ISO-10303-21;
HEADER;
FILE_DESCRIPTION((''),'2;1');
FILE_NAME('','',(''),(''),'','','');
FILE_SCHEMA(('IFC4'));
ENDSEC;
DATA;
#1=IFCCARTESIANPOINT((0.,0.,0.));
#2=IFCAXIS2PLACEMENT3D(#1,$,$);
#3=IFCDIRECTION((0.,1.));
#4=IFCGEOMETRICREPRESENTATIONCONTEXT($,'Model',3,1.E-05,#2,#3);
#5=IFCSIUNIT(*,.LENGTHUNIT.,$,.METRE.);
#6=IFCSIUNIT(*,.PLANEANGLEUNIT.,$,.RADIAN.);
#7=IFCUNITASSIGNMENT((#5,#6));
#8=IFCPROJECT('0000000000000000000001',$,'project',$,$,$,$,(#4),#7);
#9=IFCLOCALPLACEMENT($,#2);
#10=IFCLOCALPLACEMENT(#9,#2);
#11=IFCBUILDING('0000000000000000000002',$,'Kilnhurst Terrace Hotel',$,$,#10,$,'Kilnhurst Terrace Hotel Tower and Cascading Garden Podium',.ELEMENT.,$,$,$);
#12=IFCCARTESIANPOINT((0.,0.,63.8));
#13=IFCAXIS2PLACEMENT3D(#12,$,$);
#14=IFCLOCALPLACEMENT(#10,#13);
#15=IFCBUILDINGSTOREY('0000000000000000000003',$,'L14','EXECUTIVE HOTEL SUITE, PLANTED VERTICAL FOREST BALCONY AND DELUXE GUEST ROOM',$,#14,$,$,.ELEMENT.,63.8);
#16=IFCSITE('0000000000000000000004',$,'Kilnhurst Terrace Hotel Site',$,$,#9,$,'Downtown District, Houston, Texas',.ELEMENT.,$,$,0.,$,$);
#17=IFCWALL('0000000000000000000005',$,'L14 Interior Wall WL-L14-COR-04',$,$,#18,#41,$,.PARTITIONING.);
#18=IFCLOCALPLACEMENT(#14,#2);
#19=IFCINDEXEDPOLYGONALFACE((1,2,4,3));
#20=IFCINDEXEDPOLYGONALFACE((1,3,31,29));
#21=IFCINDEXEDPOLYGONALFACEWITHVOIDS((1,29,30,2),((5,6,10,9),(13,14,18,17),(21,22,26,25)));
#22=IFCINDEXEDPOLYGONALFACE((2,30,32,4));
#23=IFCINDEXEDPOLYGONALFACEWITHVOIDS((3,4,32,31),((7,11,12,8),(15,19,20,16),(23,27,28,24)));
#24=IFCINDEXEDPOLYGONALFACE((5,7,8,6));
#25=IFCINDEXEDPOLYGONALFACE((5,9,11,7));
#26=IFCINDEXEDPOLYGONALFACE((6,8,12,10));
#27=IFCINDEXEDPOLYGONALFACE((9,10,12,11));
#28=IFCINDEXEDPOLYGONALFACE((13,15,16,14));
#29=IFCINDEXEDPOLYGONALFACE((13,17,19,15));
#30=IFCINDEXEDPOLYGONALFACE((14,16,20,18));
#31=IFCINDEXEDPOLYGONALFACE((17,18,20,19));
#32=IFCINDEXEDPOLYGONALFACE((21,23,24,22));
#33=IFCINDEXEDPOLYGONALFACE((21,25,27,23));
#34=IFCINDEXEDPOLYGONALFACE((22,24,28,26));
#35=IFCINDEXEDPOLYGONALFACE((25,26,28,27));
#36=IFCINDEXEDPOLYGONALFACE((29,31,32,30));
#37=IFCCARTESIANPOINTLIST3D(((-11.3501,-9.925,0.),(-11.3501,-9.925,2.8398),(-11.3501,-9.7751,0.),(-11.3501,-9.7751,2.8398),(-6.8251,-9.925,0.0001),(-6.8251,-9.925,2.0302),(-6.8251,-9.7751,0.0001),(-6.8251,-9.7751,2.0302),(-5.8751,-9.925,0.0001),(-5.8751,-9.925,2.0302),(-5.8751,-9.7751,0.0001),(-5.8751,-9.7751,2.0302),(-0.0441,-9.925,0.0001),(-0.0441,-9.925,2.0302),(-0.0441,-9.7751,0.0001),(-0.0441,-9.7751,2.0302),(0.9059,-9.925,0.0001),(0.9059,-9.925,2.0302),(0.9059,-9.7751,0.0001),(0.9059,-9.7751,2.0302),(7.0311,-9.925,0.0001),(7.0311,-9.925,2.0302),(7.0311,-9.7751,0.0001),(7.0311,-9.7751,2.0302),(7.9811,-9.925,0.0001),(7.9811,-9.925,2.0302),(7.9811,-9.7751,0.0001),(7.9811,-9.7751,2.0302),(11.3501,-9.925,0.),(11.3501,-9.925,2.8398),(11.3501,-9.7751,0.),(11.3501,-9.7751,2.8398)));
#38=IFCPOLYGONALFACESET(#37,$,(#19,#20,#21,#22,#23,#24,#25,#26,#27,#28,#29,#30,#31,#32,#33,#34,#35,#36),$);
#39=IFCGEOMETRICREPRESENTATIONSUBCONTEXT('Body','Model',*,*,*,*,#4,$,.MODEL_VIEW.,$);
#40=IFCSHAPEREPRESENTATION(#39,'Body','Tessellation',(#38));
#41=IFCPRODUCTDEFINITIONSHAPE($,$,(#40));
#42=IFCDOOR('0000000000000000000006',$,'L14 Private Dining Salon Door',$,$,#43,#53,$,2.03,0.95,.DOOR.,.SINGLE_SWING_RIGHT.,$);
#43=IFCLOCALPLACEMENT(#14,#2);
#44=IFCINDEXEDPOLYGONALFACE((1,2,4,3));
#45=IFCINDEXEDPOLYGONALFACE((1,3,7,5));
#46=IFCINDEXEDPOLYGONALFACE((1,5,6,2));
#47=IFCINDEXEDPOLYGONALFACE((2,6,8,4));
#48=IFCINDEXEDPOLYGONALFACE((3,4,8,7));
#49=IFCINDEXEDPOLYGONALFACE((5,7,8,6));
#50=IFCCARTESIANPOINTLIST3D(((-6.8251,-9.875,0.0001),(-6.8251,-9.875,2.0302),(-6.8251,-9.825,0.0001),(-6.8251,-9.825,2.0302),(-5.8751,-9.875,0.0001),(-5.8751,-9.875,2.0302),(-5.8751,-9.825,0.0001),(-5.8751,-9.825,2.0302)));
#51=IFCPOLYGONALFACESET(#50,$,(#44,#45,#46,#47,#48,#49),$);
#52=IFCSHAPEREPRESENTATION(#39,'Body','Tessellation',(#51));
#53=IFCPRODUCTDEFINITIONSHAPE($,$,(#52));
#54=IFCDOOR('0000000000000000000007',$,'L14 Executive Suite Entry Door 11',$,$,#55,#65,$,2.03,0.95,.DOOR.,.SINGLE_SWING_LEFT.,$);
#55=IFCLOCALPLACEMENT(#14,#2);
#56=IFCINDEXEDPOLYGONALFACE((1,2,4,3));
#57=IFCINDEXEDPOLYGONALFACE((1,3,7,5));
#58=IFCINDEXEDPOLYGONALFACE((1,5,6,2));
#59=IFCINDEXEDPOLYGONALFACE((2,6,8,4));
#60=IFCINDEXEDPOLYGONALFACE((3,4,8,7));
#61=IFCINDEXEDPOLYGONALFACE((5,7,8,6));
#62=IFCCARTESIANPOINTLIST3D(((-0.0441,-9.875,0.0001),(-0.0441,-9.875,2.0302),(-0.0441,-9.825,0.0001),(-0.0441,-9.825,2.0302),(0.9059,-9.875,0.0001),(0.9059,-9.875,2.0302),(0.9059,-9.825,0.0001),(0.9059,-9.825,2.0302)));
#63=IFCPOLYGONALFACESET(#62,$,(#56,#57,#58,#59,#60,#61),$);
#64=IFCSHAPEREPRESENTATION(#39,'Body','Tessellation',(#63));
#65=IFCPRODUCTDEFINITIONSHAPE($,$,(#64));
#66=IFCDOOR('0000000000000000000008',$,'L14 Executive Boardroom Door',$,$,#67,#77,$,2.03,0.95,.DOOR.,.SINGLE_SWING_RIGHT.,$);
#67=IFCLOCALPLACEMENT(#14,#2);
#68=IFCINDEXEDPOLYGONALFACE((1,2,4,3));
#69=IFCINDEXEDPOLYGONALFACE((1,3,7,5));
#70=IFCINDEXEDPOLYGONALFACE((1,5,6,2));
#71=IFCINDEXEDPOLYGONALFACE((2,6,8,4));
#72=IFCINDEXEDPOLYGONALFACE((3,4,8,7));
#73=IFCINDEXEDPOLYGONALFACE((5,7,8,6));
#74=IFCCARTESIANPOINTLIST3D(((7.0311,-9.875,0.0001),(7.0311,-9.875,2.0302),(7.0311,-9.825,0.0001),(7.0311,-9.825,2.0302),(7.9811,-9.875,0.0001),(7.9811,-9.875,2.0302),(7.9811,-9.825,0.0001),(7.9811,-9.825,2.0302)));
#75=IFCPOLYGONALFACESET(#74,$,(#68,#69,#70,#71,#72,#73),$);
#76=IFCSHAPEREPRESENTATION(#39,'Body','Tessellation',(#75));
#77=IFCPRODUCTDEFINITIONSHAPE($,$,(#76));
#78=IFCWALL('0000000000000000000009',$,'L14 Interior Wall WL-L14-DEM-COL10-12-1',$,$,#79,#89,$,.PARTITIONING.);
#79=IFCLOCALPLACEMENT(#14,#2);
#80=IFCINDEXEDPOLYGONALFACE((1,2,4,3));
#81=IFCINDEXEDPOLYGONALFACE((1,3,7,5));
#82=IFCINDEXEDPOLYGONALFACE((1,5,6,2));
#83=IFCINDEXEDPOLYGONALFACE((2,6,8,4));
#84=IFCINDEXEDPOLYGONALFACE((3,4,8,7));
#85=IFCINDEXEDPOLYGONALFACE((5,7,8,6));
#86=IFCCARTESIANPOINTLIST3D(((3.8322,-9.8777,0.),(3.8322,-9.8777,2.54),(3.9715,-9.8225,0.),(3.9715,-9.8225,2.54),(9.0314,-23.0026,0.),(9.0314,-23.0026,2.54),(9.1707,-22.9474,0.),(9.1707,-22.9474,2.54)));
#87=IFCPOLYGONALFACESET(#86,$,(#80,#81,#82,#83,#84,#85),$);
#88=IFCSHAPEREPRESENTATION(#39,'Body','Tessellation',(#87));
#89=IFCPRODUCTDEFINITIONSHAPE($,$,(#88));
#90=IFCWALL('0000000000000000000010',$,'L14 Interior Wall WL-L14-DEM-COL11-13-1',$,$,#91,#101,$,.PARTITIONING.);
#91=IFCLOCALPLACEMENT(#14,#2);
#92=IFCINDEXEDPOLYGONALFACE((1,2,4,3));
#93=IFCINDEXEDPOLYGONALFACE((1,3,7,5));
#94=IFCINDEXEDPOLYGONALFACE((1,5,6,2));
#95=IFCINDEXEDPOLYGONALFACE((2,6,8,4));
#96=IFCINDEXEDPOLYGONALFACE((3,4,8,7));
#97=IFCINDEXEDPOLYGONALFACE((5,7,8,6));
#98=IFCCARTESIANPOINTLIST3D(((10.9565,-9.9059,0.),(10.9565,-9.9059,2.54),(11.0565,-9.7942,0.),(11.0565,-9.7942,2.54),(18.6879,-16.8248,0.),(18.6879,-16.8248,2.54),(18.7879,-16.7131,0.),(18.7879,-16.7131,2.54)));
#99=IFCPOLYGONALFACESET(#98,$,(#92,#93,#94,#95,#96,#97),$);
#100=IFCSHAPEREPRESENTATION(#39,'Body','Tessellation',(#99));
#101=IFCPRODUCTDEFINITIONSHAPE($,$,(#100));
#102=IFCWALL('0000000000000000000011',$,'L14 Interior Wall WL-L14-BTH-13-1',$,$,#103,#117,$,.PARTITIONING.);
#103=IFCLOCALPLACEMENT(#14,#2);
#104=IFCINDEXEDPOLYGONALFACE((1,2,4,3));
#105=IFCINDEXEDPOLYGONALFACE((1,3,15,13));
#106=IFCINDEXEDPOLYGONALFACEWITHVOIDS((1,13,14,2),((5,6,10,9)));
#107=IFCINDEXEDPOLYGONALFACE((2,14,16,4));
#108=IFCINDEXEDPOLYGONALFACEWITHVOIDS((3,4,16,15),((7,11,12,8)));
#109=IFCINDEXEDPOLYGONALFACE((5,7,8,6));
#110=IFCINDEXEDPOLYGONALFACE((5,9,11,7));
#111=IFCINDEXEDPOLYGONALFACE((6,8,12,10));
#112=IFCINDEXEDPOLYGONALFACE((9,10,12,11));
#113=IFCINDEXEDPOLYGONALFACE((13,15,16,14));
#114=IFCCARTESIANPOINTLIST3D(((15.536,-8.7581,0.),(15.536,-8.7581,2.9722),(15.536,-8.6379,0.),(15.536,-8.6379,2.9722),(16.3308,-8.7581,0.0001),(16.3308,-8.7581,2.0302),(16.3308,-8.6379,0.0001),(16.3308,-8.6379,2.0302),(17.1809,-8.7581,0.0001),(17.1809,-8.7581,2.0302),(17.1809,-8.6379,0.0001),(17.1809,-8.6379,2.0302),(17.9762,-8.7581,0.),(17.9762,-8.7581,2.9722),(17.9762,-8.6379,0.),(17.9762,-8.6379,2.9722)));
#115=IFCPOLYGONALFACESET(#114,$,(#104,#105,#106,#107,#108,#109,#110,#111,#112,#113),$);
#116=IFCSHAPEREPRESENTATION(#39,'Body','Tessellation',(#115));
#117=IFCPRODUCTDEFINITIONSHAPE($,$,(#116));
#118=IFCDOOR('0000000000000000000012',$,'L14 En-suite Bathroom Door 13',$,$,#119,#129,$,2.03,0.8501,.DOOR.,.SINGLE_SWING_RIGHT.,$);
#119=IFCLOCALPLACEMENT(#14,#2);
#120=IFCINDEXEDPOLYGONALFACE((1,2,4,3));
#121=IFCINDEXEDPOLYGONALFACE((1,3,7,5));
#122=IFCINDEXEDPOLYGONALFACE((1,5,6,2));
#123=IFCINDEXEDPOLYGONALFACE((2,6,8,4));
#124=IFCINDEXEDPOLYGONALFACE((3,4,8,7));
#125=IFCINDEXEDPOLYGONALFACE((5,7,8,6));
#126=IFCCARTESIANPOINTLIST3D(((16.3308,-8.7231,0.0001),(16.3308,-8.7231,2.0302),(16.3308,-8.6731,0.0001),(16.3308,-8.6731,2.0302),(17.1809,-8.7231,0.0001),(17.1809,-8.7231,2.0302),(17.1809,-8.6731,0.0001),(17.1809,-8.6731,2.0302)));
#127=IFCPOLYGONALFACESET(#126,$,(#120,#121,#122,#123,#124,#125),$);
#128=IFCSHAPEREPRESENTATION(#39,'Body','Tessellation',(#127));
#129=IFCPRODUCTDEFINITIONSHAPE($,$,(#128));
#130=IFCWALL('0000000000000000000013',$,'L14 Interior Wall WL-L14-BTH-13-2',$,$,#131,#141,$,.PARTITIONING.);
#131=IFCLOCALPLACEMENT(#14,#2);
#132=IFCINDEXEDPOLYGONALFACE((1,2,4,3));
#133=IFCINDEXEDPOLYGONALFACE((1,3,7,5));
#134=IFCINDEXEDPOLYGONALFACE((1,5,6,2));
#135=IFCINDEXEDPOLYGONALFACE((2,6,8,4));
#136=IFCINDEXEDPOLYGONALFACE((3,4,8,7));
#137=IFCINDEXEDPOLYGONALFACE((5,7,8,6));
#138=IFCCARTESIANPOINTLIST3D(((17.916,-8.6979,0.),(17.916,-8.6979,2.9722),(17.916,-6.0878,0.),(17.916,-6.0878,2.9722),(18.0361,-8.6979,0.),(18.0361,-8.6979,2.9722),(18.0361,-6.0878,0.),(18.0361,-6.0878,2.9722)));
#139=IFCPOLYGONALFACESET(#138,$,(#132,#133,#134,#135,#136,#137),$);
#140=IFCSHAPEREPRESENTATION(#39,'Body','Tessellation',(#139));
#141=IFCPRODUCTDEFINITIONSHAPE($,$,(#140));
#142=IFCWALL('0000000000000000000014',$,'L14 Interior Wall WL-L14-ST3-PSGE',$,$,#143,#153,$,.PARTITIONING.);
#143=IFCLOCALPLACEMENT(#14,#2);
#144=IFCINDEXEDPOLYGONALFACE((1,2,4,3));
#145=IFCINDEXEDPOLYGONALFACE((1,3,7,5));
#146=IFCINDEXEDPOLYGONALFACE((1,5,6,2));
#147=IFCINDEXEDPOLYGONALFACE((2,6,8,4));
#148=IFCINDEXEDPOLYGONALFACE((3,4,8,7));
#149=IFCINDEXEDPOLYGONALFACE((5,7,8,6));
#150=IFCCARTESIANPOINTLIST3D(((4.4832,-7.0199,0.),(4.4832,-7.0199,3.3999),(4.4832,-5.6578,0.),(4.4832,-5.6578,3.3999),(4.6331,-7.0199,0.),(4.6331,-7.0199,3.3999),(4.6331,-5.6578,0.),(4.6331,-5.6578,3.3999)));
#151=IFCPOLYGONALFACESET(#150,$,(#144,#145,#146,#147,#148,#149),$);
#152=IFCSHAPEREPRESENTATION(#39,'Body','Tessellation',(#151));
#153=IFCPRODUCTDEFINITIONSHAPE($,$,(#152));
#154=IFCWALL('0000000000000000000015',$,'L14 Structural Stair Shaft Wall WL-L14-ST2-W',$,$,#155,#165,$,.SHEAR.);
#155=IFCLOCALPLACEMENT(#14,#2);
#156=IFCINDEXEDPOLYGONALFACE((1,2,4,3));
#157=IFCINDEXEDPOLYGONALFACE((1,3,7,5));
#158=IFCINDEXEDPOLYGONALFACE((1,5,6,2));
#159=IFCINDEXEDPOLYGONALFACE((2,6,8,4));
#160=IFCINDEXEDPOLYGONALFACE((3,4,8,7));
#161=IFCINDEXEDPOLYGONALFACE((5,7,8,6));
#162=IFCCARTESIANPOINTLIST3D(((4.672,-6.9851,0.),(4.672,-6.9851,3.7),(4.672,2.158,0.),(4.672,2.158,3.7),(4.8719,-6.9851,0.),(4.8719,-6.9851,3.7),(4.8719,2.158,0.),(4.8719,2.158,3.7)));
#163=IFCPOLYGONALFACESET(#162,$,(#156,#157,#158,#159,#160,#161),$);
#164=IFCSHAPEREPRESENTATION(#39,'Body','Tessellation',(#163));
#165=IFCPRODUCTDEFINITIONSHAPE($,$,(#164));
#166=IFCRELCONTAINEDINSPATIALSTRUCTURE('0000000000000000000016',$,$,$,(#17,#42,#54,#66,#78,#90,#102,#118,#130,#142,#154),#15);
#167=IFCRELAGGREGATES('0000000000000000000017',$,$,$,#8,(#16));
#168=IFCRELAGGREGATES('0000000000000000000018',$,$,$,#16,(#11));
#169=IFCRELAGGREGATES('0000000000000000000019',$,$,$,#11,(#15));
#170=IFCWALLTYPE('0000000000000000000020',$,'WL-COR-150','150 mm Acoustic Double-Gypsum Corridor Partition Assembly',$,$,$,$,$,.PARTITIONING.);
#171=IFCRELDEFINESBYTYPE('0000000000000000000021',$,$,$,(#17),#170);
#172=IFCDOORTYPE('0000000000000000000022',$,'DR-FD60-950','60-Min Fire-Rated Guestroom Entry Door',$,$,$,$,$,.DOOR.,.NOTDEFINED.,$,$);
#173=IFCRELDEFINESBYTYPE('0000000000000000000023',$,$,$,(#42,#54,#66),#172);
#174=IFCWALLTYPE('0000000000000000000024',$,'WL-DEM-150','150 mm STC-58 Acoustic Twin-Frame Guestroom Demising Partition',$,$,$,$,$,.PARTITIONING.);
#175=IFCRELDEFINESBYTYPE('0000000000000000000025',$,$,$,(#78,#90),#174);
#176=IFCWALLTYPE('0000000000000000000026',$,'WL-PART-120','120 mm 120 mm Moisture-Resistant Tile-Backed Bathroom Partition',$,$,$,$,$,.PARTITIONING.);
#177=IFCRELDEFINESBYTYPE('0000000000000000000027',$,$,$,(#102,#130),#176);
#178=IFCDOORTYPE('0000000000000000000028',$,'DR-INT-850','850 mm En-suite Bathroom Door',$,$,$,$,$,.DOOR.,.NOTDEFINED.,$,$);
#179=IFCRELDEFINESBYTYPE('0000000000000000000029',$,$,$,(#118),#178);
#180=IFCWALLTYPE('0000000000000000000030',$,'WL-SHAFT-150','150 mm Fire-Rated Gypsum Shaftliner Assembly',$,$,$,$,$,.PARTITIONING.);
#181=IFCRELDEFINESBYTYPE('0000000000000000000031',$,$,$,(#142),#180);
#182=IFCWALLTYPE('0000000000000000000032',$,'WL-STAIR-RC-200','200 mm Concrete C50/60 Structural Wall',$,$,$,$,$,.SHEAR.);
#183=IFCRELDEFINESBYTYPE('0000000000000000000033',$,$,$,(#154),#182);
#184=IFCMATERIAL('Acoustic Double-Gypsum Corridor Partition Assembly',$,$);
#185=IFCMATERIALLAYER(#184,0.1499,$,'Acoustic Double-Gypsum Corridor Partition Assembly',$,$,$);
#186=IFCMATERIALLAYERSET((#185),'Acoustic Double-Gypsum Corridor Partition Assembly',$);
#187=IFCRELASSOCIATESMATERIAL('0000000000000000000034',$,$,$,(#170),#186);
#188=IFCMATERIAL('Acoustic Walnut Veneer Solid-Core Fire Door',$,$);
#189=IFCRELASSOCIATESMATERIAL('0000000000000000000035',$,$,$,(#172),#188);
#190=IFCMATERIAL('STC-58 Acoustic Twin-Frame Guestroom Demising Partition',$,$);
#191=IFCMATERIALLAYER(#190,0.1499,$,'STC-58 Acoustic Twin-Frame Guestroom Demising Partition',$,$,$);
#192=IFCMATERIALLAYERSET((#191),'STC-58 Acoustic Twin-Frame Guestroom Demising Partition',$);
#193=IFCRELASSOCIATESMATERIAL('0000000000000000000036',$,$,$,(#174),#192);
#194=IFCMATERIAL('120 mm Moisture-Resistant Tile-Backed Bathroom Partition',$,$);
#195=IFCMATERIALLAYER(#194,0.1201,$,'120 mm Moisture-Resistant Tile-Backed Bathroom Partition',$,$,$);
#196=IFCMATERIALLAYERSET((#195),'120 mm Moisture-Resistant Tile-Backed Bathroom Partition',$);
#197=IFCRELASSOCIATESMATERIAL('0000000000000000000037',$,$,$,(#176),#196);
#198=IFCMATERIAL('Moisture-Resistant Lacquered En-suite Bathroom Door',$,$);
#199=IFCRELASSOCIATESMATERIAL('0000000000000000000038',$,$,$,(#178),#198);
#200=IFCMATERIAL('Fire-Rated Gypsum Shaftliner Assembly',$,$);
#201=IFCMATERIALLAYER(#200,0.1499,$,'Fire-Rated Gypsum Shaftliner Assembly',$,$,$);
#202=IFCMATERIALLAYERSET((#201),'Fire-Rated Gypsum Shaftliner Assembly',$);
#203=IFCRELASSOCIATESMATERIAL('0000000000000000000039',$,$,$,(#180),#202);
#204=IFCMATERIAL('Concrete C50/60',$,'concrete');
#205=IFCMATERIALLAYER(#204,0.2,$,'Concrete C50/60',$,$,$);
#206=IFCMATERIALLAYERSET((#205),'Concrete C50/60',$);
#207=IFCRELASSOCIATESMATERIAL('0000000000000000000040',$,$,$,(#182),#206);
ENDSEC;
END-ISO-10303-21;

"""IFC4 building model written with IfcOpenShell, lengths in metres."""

from ifc_helpers import new_model, si_unit, direction, frame, frame_2d, origin, place, context, subcontext, project, spatial, rectangle, extrude, material, layer, layer_set, type_object, element, fill, save


model = new_model("IFC4")

# Units and contexts
model_context = context("Model", 3, precision=1e-05, world=origin(), true_north=direction((0.0, 1.0)))
body_context = subcontext(model_context, "Body", "Model", "MODEL_VIEW")
ifc_project = project(units=[si_unit("LENGTHUNIT", "METRE"), si_unit("PLANEANGLEUNIT", "RADIAN")], contexts=[model_context])

# Site, building, storey
site_placement = place(None, origin())
site = spatial("IfcSite", under=ifc_project, at=site_placement, Name="Kilnhurst Terrace Hotel Site", LongName="Downtown District, Houston, Texas", CompositionType="ELEMENT", RefElevation=0.0)
building_placement = place(site_placement, origin())
building = spatial("IfcBuilding", under=site, at=building_placement, Name="Kilnhurst Terrace Hotel", LongName="Kilnhurst Terrace Hotel Tower and Cascading Garden Podium", CompositionType="ELEMENT")
storey_placement = place(building_placement, frame((0.0, 0.0, 63.8)))
storey = spatial("IfcBuildingStorey", under=building, at=storey_placement, Name="L14", Description="EXECUTIVE HOTEL SUITE, PLANTED VERTICAL FOREST BALCONY AND DELUXE GUEST ROOM", CompositionType="ELEMENT", Elevation=63.8)

# Shared definitions
ifc_material_1 = material(Name="Concrete C50/60", Category="concrete")

# Wall, openings, doors
ifc_material_2 = material(Name="Acoustic Double-Gypsum Corridor Partition Assembly")
ifc_layer_1 = layer(ifc_material_2, 0.1499, Name="Acoustic Double-Gypsum Corridor Partition Assembly")
ifc_layer_set_1 = layer_set([ifc_layer_1], Name="Acoustic Double-Gypsum Corridor Partition Assembly")
wall_type_1 = type_object("IfcWallType", Name="WL-COR-150", Description="150 mm Acoustic Double-Gypsum Corridor Partition Assembly", PredefinedType="PARTITIONING", material=ifc_layer_set_1)
wall_1_placement = place(storey_placement, frame((11.3501, -9.8501, 0.0), z_axis=(0.0, 0.0, 1.0), x_axis=(-1.0, 0.0, 0.0)))
wall_1 = element("IfcWall", 1, at=wall_1_placement, inside=storey, type_object=wall_type_1, Name="L14 Interior Wall WL-L14-COR-04", PredefinedType="PARTITIONING", context=body_context, shape_type="SweptSolid", body=[
    extrude(rectangle(XDim=22.7002, YDim=0.1499, at=frame_2d((11.3501, 0.0))), origin(), (0.0, 0.0, 1.0), 2.8398),
])
opening_1_placement = place(wall_1_placement, frame((17.2251, 0.0, 0.0)))
opening_1 = element("IfcOpeningElement", 2, at=opening_1_placement, cuts=wall_1, PredefinedType="OPENING", context=body_context, shape_type="SweptSolid", body=[
    extrude(rectangle(XDim=0.95, YDim=2.03, at=frame_2d((0.4751, 1.0151))), frame((0.0, 0.085, 0.0), z_axis=(0.0, -1.0, 0.0), x_axis=(1.0, 0.0, 0.0)), (0.0, 0.0, 1.0), 0.1699),
])
opening_2_placement = place(wall_1_placement, frame((10.4441, 0.0, 0.0)))
opening_2 = element("IfcOpeningElement", 3, at=opening_2_placement, cuts=wall_1, PredefinedType="OPENING", context=body_context, shape_type="SweptSolid", body=[
    extrude(rectangle(XDim=0.95, YDim=2.03, at=frame_2d((0.4751, 1.0151))), frame((0.0, 0.085, 0.0), z_axis=(0.0, -1.0, 0.0), x_axis=(1.0, 0.0, 0.0)), (0.0, 0.0, 1.0), 0.1699),
])
opening_3_placement = place(wall_1_placement, frame((3.3689, 0.0, 0.0)))
opening_3 = element("IfcOpeningElement", 4, at=opening_3_placement, cuts=wall_1, PredefinedType="OPENING", context=body_context, shape_type="SweptSolid", body=[
    extrude(rectangle(XDim=0.95, YDim=2.03, at=frame_2d((0.4751, 1.0151))), frame((0.0, 0.085, 0.0), z_axis=(0.0, -1.0, 0.0), x_axis=(1.0, 0.0, 0.0)), (0.0, 0.0, 1.0), 0.1699),
])
ifc_material_3 = material(Name="Acoustic Walnut Veneer Solid-Core Fire Door")
door_type_1 = type_object("IfcDoorType", Name="DR-FD60-950", Description="60-Min Fire-Rated Guestroom Entry Door", OperationType="NOTDEFINED", PredefinedType="DOOR", material=ifc_material_3)
door_1_placement = place(opening_1_placement, origin())
door_1 = element("IfcDoor", 5, at=door_1_placement, inside=storey, type_object=door_type_1, Name="L14 Private Dining Salon Door", OperationType="SINGLE_SWING_RIGHT", OverallHeight=2.03, OverallWidth=0.95, PredefinedType="DOOR", context=body_context, shape_type="SweptSolid", body=[
    extrude(rectangle(XDim=0.95, YDim=2.03, at=frame_2d((0.4751, 1.0151))), frame((0.0, 0.0249, 0.0), z_axis=(0.0, -1.0, 0.0), x_axis=(1.0, 0.0, 0.0)), (0.0, 0.0, 1.0), 0.05),
])
fill(opening_1, door_1)
door_2_placement = place(opening_2_placement, origin())
door_2 = element("IfcDoor", 6, at=door_2_placement, inside=storey, type_object=door_type_1, Name="L14 Executive Suite Entry Door 11", OperationType="SINGLE_SWING_LEFT", OverallHeight=2.03, OverallWidth=0.95, PredefinedType="DOOR", context=body_context, shape_type="SweptSolid", body=[
    extrude(rectangle(XDim=0.95, YDim=2.03, at=frame_2d((0.4751, 1.0151))), frame((0.0, 0.0249, 0.0), z_axis=(0.0, -1.0, 0.0), x_axis=(1.0, 0.0, 0.0)), (0.0, 0.0, 1.0), 0.05),
])
fill(opening_2, door_2)
door_3_placement = place(opening_3_placement, origin())
door_3 = element("IfcDoor", 7, at=door_3_placement, inside=storey, type_object=door_type_1, Name="L14 Executive Boardroom Door", OperationType="SINGLE_SWING_RIGHT", OverallHeight=2.03, OverallWidth=0.95, PredefinedType="DOOR", context=body_context, shape_type="SweptSolid", body=[
    extrude(rectangle(XDim=0.95, YDim=2.03, at=frame_2d((0.4751, 1.0151))), frame((0.0, 0.0249, 0.0), z_axis=(0.0, -1.0, 0.0), x_axis=(1.0, 0.0, 0.0)), (0.0, 0.0, 1.0), 0.05),
])
fill(opening_3, door_3)

# Walls
ifc_material_4 = material(Name="STC-58 Acoustic Twin-Frame Guestroom Demising Partition")
ifc_layer_2 = layer(ifc_material_4, 0.1499, Name="STC-58 Acoustic Twin-Frame Guestroom Demising Partition")
ifc_layer_set_2 = layer_set([ifc_layer_2], Name="STC-58 Acoustic Twin-Frame Guestroom Demising Partition")
wall_type_2 = type_object("IfcWallType", Name="WL-DEM-150", Description="150 mm STC-58 Acoustic Twin-Frame Guestroom Demising Partition", PredefinedType="PARTITIONING", material=ifc_layer_set_2)
wall_2_placement = place(storey_placement, frame((3.9019, -9.8501, 0.0), z_axis=(0.0, 0.0, 1.0), x_axis=(0.368288, -0.929712, 0.0)))
element("IfcWall", 8, at=wall_2_placement, inside=storey, type_object=wall_type_2, Name="L14 Interior Wall WL-L14-DEM-COL10-12-1", PredefinedType="PARTITIONING", context=body_context, shape_type="SweptSolid", body=[
    extrude(rectangle(XDim=14.1172, YDim=0.1499, at=frame_2d((7.0586, 0.0))), origin(), (0.0, 0.0, 1.0), 2.54),
])
wall_3_placement = place(storey_placement, frame((11.0066, -9.8501, 0.0), z_axis=(0.0, 0.0, 1.0), x_axis=(0.745177, -0.666866, 0.0)))
element("IfcWall", 9, at=wall_3_placement, inside=storey, type_object=wall_type_2, Name="L14 Interior Wall WL-L14-DEM-COL11-13-1", PredefinedType="PARTITIONING", context=body_context, shape_type="SweptSolid", body=[
    extrude(rectangle(XDim=10.3752, YDim=0.1499, at=frame_2d((5.1875, 0.0))), origin(), (0.0, 0.0, 1.0), 2.54),
])

# Wall, opening, door
ifc_material_5 = material(Name="120 mm Moisture-Resistant Tile-Backed Bathroom Partition")
ifc_layer_3 = layer(ifc_material_5, 0.1201, Name="120 mm Moisture-Resistant Tile-Backed Bathroom Partition")
ifc_layer_set_3 = layer_set([ifc_layer_3], Name="120 mm Moisture-Resistant Tile-Backed Bathroom Partition")
wall_type_3 = type_object("IfcWallType", Name="WL-PART-120", Description="120 mm 120 mm Moisture-Resistant Tile-Backed Bathroom Partition", PredefinedType="PARTITIONING", material=ifc_layer_set_3)
wall_4_placement = place(storey_placement, frame((15.5359, -8.698, 0.0), z_axis=(0.0, 0.0, 1.0), x_axis=(1.0, 0.0, 0.0)))
wall_4 = element("IfcWall", 10, at=wall_4_placement, inside=storey, type_object=wall_type_3, Name="L14 Interior Wall WL-L14-BTH-13-1", PredefinedType="PARTITIONING", context=body_context, shape_type="SweptSolid", body=[
    extrude(rectangle(XDim=2.4402, YDim=0.1201, at=frame_2d((1.2202, 0.0))), origin(), (0.0, 0.0, 1.0), 2.9722),
])
opening_4_placement = place(wall_4_placement, frame((0.7949, 0.0, 0.0)))
opening_4 = element("IfcOpeningElement", 11, at=opening_4_placement, cuts=wall_4, PredefinedType="OPENING", context=body_context, shape_type="SweptSolid", body=[
    extrude(rectangle(XDim=0.8501, YDim=2.03, at=frame_2d((0.425, 1.0151))), frame((0.0, 0.0701, 0.0), z_axis=(0.0, -1.0, 0.0), x_axis=(1.0, 0.0, 0.0)), (0.0, 0.0, 1.0), 0.1401),
])
ifc_material_6 = material(Name="Moisture-Resistant Lacquered En-suite Bathroom Door")
door_type_2 = type_object("IfcDoorType", Name="DR-INT-850", Description="850 mm En-suite Bathroom Door", OperationType="NOTDEFINED", PredefinedType="DOOR", material=ifc_material_6)
door_4_placement = place(opening_4_placement, origin())
door_4 = element("IfcDoor", 12, at=door_4_placement, inside=storey, type_object=door_type_2, Name="L14 En-suite Bathroom Door 13", OperationType="SINGLE_SWING_RIGHT", OverallHeight=2.03, OverallWidth=0.8501, PredefinedType="DOOR", context=body_context, shape_type="SweptSolid", body=[
    extrude(rectangle(XDim=0.8501, YDim=2.03, at=frame_2d((0.425, 1.0151))), frame((0.0, 0.0249, 0.0), z_axis=(0.0, -1.0, 0.0), x_axis=(1.0, 0.0, 0.0)), (0.0, 0.0, 1.0), 0.05),
])
fill(opening_4, door_4)

# Walls
wall_5_placement = place(storey_placement, frame((17.9761, -8.698, 0.0), z_axis=(0.0, 0.0, 1.0), x_axis=(0.0, 1.0, 0.0)))
element("IfcWall", 13, at=wall_5_placement, inside=storey, type_object=wall_type_3, Name="L14 Interior Wall WL-L14-BTH-13-2", PredefinedType="PARTITIONING", context=body_context, shape_type="SweptSolid", body=[
    extrude(rectangle(XDim=2.6101, YDim=0.1201, at=frame_2d((1.3052, 0.0))), origin(), (0.0, 0.0, 1.0), 2.9722),
])
ifc_material_7 = material(Name="Fire-Rated Gypsum Shaftliner Assembly")
ifc_layer_4 = layer(ifc_material_7, 0.1499, Name="Fire-Rated Gypsum Shaftliner Assembly")
ifc_layer_set_4 = layer_set([ifc_layer_4], Name="Fire-Rated Gypsum Shaftliner Assembly")
wall_type_4 = type_object("IfcWallType", Name="WL-SHAFT-150", Description="150 mm Fire-Rated Gypsum Shaftliner Assembly", PredefinedType="PARTITIONING", material=ifc_layer_set_4)
wall_6_placement = place(storey_placement, frame((4.5581, -7.02, 0.0), z_axis=(0.0, 0.0, 1.0), x_axis=(0.0, 1.0, 0.0)))
element("IfcWall", 14, at=wall_6_placement, inside=storey, type_object=wall_type_4, Name="L14 Interior Wall WL-L14-ST3-PSGE", PredefinedType="PARTITIONING", context=body_context, shape_type="SweptSolid", body=[
    extrude(rectangle(XDim=1.3621, YDim=0.1499, at=frame_2d((0.6812, 0.0))), origin(), (0.0, 0.0, 1.0), 3.3999),
])
ifc_layer_5 = layer(ifc_material_1, 0.2, Name="Concrete C50/60")
ifc_layer_set_5 = layer_set([ifc_layer_5], Name="Concrete C50/60")
wall_type_5 = type_object("IfcWallType", Name="WL-STAIR-RC-200", Description="200 mm Concrete C50/60 Structural Wall", PredefinedType="SHEAR", material=ifc_layer_set_5)
wall_7_placement = place(storey_placement, frame((4.772, -6.9851, 0.0), z_axis=(0.0, 0.0, 1.0), x_axis=(0.0, 1.0, 0.0)))
element("IfcWall", 15, at=wall_7_placement, inside=storey, type_object=wall_type_5, Name="L14 Structural Stair Shaft Wall WL-L14-ST2-W", PredefinedType="SHEAR", context=body_context, shape_type="SweptSolid", body=[
    extrude(rectangle(XDim=9.1431, YDim=0.2, at=frame_2d((4.5715, 0.0))), origin(), (0.0, 0.0, 1.0), 3.7),
])

save(model, "model.ifc")
